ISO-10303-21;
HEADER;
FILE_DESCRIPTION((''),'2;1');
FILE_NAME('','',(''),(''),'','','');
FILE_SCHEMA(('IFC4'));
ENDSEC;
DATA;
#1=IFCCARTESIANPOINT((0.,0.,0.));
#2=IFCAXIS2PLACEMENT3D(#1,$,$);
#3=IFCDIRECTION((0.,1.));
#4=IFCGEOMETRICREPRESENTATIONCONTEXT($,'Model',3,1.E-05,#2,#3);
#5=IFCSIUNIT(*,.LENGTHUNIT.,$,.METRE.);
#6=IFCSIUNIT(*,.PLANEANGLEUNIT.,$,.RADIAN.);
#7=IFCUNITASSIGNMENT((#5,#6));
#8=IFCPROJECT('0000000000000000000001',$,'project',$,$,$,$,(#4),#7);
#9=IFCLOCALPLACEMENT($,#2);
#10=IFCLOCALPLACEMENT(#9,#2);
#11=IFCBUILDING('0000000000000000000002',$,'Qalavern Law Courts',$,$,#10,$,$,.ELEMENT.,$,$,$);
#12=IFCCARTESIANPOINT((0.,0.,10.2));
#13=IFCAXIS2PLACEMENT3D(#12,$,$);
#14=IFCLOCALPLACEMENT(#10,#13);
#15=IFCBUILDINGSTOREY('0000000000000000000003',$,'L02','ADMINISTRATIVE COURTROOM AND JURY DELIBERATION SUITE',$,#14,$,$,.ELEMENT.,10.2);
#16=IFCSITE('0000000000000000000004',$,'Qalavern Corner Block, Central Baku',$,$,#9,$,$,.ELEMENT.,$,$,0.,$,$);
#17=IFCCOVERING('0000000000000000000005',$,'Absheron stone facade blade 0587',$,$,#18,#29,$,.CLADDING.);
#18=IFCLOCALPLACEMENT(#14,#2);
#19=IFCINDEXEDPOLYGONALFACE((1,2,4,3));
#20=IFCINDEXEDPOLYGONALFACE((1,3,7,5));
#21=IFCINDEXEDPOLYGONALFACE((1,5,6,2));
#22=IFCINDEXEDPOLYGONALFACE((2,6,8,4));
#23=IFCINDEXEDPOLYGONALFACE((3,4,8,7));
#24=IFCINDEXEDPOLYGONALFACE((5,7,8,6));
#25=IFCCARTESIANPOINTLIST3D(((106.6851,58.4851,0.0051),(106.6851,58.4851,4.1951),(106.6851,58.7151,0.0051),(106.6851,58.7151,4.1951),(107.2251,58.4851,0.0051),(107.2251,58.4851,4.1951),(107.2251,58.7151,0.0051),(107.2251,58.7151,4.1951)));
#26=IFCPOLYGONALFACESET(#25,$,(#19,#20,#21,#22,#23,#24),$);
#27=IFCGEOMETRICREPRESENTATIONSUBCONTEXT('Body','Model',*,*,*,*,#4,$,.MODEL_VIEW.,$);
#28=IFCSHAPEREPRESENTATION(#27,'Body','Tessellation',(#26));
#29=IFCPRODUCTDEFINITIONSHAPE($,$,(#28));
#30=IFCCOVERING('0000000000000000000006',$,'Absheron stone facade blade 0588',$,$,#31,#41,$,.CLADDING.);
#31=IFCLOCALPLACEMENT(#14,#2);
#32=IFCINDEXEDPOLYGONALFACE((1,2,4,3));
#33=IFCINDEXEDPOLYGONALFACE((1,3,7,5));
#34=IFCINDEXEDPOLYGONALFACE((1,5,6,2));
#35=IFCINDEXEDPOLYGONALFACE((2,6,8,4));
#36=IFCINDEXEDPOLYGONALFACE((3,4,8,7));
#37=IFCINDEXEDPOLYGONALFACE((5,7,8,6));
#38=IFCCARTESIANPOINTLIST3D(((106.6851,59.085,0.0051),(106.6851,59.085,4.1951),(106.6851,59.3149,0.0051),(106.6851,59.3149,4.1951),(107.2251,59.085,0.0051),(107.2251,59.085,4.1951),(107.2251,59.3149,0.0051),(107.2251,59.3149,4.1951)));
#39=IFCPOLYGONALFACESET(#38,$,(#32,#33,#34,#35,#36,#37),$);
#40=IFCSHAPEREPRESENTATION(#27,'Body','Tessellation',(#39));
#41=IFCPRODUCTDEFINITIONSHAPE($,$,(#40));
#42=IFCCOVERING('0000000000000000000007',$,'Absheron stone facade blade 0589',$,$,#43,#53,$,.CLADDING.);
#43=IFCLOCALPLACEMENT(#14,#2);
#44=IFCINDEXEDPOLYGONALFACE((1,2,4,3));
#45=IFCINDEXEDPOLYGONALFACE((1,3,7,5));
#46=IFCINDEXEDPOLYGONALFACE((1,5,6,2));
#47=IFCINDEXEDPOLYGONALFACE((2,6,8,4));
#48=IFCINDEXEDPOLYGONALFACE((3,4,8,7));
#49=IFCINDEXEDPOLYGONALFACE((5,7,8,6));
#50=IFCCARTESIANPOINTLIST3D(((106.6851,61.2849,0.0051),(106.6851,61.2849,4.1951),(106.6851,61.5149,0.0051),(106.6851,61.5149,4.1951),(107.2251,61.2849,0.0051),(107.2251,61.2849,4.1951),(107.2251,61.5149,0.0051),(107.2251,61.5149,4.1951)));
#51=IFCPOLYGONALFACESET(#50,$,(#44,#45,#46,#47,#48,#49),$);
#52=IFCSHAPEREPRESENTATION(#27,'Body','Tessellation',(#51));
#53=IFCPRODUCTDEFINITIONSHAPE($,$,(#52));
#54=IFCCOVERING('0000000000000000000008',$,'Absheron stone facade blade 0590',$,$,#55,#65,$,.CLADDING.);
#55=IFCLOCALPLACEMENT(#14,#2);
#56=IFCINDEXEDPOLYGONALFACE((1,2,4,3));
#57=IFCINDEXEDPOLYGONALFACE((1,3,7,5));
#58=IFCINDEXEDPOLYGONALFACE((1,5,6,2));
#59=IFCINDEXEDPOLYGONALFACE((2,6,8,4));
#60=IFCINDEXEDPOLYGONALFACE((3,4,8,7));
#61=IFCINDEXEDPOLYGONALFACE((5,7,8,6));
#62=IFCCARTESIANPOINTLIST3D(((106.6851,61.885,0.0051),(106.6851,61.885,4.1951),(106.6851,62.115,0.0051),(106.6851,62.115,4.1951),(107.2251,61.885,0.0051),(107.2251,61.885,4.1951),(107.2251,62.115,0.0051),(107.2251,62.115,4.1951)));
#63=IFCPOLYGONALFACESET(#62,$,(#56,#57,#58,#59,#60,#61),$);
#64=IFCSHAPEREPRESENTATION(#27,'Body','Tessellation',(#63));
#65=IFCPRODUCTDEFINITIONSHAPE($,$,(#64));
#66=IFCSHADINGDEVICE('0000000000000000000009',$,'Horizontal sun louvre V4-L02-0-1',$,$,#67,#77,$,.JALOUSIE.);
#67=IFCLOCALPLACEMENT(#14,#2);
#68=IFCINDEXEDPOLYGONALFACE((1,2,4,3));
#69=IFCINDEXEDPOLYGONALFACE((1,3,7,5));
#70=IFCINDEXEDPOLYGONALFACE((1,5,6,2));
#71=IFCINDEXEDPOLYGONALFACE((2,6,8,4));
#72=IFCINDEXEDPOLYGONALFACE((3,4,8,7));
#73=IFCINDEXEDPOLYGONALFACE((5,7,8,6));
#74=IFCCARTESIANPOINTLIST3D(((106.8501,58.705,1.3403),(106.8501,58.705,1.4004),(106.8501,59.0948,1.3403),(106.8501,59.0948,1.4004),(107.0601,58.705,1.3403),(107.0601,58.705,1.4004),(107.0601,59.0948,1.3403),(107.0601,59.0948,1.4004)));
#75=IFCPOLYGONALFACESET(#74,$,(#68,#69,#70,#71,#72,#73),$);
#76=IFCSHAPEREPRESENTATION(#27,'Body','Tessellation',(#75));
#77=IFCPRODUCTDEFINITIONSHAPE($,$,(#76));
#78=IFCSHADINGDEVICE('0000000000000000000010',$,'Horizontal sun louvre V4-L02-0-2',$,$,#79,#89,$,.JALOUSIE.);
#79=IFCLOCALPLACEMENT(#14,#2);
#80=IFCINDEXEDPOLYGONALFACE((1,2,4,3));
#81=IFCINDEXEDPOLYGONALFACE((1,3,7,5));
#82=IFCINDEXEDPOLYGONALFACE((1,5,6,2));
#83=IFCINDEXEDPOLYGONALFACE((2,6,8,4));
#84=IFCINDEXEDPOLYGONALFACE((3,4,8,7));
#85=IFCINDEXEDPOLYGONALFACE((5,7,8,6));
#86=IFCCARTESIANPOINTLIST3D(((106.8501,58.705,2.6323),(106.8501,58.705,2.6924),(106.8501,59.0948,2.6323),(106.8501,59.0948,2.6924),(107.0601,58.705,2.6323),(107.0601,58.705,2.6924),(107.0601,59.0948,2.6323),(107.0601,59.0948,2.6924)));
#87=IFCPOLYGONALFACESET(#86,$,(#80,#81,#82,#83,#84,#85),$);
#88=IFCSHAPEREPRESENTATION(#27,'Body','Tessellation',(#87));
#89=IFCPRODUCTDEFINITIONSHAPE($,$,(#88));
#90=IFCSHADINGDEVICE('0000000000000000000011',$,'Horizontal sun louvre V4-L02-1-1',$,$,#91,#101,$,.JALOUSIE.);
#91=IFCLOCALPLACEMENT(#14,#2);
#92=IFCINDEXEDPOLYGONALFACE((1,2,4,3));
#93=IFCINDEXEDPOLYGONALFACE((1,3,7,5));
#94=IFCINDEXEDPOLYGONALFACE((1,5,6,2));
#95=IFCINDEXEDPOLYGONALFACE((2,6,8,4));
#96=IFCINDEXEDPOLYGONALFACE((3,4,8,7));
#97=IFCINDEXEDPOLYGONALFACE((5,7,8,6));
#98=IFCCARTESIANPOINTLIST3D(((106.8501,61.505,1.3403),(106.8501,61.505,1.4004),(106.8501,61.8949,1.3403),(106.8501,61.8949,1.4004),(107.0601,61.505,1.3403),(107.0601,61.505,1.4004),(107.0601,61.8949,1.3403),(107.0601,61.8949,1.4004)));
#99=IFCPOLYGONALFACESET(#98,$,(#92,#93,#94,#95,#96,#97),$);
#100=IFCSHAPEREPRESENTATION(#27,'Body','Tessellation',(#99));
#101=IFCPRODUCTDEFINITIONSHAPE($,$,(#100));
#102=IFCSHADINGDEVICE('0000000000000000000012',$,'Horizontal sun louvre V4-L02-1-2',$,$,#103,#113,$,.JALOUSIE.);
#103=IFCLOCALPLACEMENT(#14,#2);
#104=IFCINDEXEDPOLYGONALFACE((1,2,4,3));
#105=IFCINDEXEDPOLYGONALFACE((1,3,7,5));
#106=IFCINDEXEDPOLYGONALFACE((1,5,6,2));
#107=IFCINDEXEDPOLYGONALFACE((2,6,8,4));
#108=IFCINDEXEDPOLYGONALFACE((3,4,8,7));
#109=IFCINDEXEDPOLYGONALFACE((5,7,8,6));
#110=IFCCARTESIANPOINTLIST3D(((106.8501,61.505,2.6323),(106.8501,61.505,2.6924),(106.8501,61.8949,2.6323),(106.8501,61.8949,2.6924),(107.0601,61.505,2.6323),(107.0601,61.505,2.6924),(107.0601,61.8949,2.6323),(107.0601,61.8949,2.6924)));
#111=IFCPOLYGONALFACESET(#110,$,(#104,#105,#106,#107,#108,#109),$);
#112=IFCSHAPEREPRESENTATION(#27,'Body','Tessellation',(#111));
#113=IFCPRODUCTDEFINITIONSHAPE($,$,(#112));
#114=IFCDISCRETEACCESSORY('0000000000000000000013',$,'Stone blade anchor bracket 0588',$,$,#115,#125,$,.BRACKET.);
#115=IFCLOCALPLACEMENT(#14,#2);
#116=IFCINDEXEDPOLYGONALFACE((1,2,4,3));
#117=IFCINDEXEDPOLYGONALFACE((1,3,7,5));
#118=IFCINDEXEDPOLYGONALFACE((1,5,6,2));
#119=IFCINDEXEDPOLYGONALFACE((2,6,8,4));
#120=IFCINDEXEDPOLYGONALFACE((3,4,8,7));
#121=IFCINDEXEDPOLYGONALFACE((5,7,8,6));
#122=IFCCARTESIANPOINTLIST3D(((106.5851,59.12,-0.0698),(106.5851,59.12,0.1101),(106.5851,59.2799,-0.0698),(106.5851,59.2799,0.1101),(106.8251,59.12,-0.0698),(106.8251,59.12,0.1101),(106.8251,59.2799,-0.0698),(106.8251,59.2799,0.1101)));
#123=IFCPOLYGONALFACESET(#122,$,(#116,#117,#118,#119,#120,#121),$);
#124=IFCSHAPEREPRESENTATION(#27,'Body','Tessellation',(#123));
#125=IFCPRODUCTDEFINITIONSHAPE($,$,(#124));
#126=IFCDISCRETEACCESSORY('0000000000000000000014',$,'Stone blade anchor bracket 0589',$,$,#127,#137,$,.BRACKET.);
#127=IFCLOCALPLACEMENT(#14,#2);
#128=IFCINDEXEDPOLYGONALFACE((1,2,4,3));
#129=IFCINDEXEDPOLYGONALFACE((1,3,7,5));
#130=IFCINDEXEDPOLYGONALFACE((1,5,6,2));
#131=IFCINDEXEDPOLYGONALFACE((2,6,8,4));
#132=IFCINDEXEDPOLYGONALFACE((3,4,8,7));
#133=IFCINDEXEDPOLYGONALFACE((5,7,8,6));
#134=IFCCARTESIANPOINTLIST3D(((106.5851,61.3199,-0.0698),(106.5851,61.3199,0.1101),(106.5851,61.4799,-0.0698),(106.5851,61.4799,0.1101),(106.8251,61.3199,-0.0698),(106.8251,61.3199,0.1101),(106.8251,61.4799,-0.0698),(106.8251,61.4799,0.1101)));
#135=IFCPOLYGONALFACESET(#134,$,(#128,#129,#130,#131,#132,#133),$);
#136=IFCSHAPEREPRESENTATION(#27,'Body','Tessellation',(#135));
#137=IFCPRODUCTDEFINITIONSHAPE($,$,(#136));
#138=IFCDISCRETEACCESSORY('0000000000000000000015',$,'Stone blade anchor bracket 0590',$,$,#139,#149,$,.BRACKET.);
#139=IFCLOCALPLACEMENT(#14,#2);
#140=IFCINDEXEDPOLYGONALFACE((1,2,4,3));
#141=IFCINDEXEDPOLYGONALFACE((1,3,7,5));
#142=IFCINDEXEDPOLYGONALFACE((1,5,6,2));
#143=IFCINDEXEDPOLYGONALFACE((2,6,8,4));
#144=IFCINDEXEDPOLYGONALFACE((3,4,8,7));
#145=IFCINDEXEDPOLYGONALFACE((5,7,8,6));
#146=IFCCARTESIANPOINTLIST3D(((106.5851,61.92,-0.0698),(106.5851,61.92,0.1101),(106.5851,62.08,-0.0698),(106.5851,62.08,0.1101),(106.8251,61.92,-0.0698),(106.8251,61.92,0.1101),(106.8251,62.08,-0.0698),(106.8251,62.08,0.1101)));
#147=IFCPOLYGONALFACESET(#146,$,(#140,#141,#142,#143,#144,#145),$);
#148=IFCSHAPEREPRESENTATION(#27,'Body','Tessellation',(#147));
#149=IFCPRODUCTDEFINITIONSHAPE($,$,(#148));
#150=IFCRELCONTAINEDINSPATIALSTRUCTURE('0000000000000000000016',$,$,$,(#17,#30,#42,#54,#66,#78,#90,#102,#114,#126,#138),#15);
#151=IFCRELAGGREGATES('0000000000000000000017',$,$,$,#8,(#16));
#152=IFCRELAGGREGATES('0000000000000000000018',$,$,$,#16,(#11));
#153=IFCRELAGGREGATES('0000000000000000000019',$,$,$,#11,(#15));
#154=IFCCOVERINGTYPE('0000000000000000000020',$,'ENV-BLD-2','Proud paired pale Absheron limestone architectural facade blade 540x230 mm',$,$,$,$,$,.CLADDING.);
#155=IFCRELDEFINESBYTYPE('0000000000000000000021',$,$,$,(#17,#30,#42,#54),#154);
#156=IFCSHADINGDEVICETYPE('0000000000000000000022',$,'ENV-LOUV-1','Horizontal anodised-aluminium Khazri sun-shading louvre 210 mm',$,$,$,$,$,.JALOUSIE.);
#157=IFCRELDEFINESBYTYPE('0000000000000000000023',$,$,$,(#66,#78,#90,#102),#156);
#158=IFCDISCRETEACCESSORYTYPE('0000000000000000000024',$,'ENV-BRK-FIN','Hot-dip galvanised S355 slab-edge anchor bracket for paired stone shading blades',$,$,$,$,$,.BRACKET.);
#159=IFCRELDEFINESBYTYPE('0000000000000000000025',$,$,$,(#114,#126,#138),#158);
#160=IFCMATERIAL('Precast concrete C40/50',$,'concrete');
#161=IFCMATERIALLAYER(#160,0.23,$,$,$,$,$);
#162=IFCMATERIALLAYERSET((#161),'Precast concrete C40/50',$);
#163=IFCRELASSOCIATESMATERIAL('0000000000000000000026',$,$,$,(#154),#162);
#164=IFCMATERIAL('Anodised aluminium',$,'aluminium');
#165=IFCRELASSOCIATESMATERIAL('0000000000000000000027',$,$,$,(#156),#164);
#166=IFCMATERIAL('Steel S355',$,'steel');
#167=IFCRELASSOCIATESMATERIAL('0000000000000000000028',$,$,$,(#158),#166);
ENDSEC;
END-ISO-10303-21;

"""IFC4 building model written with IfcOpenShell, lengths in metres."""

from ifc_helpers import new_model, si_unit, direction, frame, origin, origin_2d, place, context, subcontext, project, spatial, rectangle, extrude, material, layer, layer_set, type_object, element, save


model = new_model("IFC4")

# Units and contexts
model_context = context("Model", 3, precision=1e-05, world=origin(), true_north=direction((0.0, 1.0)))
body_context = subcontext(model_context, "Body", "Model", "MODEL_VIEW")
ifc_project = project(units=[si_unit("LENGTHUNIT", "METRE"), si_unit("PLANEANGLEUNIT", "RADIAN")], contexts=[model_context])

# Site, building, storey
site_placement = place(None, origin())
site = spatial("IfcSite", under=ifc_project, at=site_placement, Name="Qalavern Corner Block, Central Baku", CompositionType="ELEMENT", RefElevation=0.0)
building_placement = place(site_placement, origin())
building = spatial("IfcBuilding", under=site, at=building_placement, Name="Qalavern Law Courts", CompositionType="ELEMENT")
storey_placement = place(building_placement, frame((0.0, 0.0, 10.2)))
storey = spatial("IfcBuildingStorey", under=building, at=storey_placement, Name="L02", Description="ADMINISTRATIVE COURTROOM AND JURY DELIBERATION SUITE", CompositionType="ELEMENT", Elevation=10.2)

# Shared definitions
ifc_material_1 = material(Name="Anodised aluminium", Category="aluminium")

# Coverings
ifc_material_2 = material(Name="Precast concrete C40/50", Category="concrete")
ifc_layer_1 = layer(ifc_material_2, 0.23)
ifc_layer_set_1 = layer_set([ifc_layer_1], Name="Precast concrete C40/50")
covering_type = type_object("IfcCoveringType", Name="ENV-BLD-2", Description="Proud paired pale Absheron limestone architectural facade blade 540x230 mm", PredefinedType="CLADDING", material=ifc_layer_set_1)
for number, where, z_axis, x_axis, name in (
    (1, (106.9551, 58.6001, 0.0051), (0.0, 0.0, 1.0), (1.0, 0.0, 0.0), "Absheron stone facade blade 0587"),
    (2, (106.9551, 59.2, 0.0051), (0.0, 0.0, 1.0), (1.0, 0.0, 0.0), "Absheron stone facade blade 0588"),
    (3, (106.9551, 61.3999, 0.0051), (0.0, 0.0, 1.0), (1.0, 0.0, 0.0), "Absheron stone facade blade 0589"),
    (4, (106.9551, 62.0, 0.0051), (0.0, 0.0, 1.0), (1.0, 0.0, 0.0), "Absheron stone facade blade 0590"),
):
    element("IfcCovering", number, at=place(storey_placement, frame(where, z_axis=z_axis, x_axis=x_axis)), inside=storey, type_object=covering_type, Name=name, PredefinedType="CLADDING", context=body_context, shape_type="SweptSolid", body=[
        extrude(rectangle(XDim=0.54, YDim=0.23, at=origin_2d()), origin(), (0.0, 0.0, 1.0), 4.1899),
    ])

# Shading devices
shading_device_type = type_object("IfcShadingDeviceType", Name="ENV-LOUV-1", Description="Horizontal anodised-aluminium Khazri sun-shading louvre 210 mm", PredefinedType="JALOUSIE", material=ifc_material_1)
for number, where, z_axis, x_axis, name in (
    (5, (106.9551, 58.8999, 1.3403), (0.0, 0.0, 1.0), (0.0, 1.0, 0.0), "Horizontal sun louvre V4-L02-0-1"),
    (6, (106.9551, 58.8999, 2.6323), (0.0, 0.0, 1.0), (0.0, 1.0, 0.0), "Horizontal sun louvre V4-L02-0-2"),
    (7, (106.9551, 61.7, 1.3403), (0.0, 0.0, 1.0), (0.0, 1.0, 0.0), "Horizontal sun louvre V4-L02-1-1"),
    (8, (106.9551, 61.7, 2.6323), (0.0, 0.0, 1.0), (0.0, 1.0, 0.0), "Horizontal sun louvre V4-L02-1-2"),
):
    element("IfcShadingDevice", number, at=place(storey_placement, frame(where, z_axis=z_axis, x_axis=x_axis)), inside=storey, type_object=shading_device_type, Name=name, PredefinedType="JALOUSIE", context=body_context, shape_type="SweptSolid", body=[
        extrude(rectangle(XDim=0.3899, YDim=0.21, at=origin_2d()), origin(), (0.0, 0.0, 1.0), 0.0601),
    ])

# Discrete accessories
ifc_material_3 = material(Name="Steel S355", Category="steel")
discrete_accessory_type = type_object("IfcDiscreteAccessoryType", Name="ENV-BRK-FIN", Description="Hot-dip galvanised S355 slab-edge anchor bracket for paired stone shading blades", PredefinedType="BRACKET", material=ifc_material_3)
for number, where, z_axis, x_axis, name in (
    (9, (106.7051, 59.2, -0.0698), (0.0, 0.0, 1.0), (1.0, 0.0, 0.0), "Stone blade anchor bracket 0588"),
    (10, (106.7051, 61.3999, -0.0698), (0.0, 0.0, 1.0), (1.0, 0.0, 0.0), "Stone blade anchor bracket 0589"),
    (11, (106.7051, 62.0, -0.0698), (0.0, 0.0, 1.0), (1.0, 0.0, 0.0), "Stone blade anchor bracket 0590"),
):
    element("IfcDiscreteAccessory", number, at=place(storey_placement, frame(where, z_axis=z_axis, x_axis=x_axis)), inside=storey, type_object=discrete_accessory_type, Name=name, PredefinedType="BRACKET", context=body_context, shape_type="SweptSolid", body=[
        extrude(rectangle(XDim=0.24, YDim=0.1599, at=origin_2d()), origin(), (0.0, 0.0, 1.0), 0.1799),
    ])

save(model, "model.ifc")
